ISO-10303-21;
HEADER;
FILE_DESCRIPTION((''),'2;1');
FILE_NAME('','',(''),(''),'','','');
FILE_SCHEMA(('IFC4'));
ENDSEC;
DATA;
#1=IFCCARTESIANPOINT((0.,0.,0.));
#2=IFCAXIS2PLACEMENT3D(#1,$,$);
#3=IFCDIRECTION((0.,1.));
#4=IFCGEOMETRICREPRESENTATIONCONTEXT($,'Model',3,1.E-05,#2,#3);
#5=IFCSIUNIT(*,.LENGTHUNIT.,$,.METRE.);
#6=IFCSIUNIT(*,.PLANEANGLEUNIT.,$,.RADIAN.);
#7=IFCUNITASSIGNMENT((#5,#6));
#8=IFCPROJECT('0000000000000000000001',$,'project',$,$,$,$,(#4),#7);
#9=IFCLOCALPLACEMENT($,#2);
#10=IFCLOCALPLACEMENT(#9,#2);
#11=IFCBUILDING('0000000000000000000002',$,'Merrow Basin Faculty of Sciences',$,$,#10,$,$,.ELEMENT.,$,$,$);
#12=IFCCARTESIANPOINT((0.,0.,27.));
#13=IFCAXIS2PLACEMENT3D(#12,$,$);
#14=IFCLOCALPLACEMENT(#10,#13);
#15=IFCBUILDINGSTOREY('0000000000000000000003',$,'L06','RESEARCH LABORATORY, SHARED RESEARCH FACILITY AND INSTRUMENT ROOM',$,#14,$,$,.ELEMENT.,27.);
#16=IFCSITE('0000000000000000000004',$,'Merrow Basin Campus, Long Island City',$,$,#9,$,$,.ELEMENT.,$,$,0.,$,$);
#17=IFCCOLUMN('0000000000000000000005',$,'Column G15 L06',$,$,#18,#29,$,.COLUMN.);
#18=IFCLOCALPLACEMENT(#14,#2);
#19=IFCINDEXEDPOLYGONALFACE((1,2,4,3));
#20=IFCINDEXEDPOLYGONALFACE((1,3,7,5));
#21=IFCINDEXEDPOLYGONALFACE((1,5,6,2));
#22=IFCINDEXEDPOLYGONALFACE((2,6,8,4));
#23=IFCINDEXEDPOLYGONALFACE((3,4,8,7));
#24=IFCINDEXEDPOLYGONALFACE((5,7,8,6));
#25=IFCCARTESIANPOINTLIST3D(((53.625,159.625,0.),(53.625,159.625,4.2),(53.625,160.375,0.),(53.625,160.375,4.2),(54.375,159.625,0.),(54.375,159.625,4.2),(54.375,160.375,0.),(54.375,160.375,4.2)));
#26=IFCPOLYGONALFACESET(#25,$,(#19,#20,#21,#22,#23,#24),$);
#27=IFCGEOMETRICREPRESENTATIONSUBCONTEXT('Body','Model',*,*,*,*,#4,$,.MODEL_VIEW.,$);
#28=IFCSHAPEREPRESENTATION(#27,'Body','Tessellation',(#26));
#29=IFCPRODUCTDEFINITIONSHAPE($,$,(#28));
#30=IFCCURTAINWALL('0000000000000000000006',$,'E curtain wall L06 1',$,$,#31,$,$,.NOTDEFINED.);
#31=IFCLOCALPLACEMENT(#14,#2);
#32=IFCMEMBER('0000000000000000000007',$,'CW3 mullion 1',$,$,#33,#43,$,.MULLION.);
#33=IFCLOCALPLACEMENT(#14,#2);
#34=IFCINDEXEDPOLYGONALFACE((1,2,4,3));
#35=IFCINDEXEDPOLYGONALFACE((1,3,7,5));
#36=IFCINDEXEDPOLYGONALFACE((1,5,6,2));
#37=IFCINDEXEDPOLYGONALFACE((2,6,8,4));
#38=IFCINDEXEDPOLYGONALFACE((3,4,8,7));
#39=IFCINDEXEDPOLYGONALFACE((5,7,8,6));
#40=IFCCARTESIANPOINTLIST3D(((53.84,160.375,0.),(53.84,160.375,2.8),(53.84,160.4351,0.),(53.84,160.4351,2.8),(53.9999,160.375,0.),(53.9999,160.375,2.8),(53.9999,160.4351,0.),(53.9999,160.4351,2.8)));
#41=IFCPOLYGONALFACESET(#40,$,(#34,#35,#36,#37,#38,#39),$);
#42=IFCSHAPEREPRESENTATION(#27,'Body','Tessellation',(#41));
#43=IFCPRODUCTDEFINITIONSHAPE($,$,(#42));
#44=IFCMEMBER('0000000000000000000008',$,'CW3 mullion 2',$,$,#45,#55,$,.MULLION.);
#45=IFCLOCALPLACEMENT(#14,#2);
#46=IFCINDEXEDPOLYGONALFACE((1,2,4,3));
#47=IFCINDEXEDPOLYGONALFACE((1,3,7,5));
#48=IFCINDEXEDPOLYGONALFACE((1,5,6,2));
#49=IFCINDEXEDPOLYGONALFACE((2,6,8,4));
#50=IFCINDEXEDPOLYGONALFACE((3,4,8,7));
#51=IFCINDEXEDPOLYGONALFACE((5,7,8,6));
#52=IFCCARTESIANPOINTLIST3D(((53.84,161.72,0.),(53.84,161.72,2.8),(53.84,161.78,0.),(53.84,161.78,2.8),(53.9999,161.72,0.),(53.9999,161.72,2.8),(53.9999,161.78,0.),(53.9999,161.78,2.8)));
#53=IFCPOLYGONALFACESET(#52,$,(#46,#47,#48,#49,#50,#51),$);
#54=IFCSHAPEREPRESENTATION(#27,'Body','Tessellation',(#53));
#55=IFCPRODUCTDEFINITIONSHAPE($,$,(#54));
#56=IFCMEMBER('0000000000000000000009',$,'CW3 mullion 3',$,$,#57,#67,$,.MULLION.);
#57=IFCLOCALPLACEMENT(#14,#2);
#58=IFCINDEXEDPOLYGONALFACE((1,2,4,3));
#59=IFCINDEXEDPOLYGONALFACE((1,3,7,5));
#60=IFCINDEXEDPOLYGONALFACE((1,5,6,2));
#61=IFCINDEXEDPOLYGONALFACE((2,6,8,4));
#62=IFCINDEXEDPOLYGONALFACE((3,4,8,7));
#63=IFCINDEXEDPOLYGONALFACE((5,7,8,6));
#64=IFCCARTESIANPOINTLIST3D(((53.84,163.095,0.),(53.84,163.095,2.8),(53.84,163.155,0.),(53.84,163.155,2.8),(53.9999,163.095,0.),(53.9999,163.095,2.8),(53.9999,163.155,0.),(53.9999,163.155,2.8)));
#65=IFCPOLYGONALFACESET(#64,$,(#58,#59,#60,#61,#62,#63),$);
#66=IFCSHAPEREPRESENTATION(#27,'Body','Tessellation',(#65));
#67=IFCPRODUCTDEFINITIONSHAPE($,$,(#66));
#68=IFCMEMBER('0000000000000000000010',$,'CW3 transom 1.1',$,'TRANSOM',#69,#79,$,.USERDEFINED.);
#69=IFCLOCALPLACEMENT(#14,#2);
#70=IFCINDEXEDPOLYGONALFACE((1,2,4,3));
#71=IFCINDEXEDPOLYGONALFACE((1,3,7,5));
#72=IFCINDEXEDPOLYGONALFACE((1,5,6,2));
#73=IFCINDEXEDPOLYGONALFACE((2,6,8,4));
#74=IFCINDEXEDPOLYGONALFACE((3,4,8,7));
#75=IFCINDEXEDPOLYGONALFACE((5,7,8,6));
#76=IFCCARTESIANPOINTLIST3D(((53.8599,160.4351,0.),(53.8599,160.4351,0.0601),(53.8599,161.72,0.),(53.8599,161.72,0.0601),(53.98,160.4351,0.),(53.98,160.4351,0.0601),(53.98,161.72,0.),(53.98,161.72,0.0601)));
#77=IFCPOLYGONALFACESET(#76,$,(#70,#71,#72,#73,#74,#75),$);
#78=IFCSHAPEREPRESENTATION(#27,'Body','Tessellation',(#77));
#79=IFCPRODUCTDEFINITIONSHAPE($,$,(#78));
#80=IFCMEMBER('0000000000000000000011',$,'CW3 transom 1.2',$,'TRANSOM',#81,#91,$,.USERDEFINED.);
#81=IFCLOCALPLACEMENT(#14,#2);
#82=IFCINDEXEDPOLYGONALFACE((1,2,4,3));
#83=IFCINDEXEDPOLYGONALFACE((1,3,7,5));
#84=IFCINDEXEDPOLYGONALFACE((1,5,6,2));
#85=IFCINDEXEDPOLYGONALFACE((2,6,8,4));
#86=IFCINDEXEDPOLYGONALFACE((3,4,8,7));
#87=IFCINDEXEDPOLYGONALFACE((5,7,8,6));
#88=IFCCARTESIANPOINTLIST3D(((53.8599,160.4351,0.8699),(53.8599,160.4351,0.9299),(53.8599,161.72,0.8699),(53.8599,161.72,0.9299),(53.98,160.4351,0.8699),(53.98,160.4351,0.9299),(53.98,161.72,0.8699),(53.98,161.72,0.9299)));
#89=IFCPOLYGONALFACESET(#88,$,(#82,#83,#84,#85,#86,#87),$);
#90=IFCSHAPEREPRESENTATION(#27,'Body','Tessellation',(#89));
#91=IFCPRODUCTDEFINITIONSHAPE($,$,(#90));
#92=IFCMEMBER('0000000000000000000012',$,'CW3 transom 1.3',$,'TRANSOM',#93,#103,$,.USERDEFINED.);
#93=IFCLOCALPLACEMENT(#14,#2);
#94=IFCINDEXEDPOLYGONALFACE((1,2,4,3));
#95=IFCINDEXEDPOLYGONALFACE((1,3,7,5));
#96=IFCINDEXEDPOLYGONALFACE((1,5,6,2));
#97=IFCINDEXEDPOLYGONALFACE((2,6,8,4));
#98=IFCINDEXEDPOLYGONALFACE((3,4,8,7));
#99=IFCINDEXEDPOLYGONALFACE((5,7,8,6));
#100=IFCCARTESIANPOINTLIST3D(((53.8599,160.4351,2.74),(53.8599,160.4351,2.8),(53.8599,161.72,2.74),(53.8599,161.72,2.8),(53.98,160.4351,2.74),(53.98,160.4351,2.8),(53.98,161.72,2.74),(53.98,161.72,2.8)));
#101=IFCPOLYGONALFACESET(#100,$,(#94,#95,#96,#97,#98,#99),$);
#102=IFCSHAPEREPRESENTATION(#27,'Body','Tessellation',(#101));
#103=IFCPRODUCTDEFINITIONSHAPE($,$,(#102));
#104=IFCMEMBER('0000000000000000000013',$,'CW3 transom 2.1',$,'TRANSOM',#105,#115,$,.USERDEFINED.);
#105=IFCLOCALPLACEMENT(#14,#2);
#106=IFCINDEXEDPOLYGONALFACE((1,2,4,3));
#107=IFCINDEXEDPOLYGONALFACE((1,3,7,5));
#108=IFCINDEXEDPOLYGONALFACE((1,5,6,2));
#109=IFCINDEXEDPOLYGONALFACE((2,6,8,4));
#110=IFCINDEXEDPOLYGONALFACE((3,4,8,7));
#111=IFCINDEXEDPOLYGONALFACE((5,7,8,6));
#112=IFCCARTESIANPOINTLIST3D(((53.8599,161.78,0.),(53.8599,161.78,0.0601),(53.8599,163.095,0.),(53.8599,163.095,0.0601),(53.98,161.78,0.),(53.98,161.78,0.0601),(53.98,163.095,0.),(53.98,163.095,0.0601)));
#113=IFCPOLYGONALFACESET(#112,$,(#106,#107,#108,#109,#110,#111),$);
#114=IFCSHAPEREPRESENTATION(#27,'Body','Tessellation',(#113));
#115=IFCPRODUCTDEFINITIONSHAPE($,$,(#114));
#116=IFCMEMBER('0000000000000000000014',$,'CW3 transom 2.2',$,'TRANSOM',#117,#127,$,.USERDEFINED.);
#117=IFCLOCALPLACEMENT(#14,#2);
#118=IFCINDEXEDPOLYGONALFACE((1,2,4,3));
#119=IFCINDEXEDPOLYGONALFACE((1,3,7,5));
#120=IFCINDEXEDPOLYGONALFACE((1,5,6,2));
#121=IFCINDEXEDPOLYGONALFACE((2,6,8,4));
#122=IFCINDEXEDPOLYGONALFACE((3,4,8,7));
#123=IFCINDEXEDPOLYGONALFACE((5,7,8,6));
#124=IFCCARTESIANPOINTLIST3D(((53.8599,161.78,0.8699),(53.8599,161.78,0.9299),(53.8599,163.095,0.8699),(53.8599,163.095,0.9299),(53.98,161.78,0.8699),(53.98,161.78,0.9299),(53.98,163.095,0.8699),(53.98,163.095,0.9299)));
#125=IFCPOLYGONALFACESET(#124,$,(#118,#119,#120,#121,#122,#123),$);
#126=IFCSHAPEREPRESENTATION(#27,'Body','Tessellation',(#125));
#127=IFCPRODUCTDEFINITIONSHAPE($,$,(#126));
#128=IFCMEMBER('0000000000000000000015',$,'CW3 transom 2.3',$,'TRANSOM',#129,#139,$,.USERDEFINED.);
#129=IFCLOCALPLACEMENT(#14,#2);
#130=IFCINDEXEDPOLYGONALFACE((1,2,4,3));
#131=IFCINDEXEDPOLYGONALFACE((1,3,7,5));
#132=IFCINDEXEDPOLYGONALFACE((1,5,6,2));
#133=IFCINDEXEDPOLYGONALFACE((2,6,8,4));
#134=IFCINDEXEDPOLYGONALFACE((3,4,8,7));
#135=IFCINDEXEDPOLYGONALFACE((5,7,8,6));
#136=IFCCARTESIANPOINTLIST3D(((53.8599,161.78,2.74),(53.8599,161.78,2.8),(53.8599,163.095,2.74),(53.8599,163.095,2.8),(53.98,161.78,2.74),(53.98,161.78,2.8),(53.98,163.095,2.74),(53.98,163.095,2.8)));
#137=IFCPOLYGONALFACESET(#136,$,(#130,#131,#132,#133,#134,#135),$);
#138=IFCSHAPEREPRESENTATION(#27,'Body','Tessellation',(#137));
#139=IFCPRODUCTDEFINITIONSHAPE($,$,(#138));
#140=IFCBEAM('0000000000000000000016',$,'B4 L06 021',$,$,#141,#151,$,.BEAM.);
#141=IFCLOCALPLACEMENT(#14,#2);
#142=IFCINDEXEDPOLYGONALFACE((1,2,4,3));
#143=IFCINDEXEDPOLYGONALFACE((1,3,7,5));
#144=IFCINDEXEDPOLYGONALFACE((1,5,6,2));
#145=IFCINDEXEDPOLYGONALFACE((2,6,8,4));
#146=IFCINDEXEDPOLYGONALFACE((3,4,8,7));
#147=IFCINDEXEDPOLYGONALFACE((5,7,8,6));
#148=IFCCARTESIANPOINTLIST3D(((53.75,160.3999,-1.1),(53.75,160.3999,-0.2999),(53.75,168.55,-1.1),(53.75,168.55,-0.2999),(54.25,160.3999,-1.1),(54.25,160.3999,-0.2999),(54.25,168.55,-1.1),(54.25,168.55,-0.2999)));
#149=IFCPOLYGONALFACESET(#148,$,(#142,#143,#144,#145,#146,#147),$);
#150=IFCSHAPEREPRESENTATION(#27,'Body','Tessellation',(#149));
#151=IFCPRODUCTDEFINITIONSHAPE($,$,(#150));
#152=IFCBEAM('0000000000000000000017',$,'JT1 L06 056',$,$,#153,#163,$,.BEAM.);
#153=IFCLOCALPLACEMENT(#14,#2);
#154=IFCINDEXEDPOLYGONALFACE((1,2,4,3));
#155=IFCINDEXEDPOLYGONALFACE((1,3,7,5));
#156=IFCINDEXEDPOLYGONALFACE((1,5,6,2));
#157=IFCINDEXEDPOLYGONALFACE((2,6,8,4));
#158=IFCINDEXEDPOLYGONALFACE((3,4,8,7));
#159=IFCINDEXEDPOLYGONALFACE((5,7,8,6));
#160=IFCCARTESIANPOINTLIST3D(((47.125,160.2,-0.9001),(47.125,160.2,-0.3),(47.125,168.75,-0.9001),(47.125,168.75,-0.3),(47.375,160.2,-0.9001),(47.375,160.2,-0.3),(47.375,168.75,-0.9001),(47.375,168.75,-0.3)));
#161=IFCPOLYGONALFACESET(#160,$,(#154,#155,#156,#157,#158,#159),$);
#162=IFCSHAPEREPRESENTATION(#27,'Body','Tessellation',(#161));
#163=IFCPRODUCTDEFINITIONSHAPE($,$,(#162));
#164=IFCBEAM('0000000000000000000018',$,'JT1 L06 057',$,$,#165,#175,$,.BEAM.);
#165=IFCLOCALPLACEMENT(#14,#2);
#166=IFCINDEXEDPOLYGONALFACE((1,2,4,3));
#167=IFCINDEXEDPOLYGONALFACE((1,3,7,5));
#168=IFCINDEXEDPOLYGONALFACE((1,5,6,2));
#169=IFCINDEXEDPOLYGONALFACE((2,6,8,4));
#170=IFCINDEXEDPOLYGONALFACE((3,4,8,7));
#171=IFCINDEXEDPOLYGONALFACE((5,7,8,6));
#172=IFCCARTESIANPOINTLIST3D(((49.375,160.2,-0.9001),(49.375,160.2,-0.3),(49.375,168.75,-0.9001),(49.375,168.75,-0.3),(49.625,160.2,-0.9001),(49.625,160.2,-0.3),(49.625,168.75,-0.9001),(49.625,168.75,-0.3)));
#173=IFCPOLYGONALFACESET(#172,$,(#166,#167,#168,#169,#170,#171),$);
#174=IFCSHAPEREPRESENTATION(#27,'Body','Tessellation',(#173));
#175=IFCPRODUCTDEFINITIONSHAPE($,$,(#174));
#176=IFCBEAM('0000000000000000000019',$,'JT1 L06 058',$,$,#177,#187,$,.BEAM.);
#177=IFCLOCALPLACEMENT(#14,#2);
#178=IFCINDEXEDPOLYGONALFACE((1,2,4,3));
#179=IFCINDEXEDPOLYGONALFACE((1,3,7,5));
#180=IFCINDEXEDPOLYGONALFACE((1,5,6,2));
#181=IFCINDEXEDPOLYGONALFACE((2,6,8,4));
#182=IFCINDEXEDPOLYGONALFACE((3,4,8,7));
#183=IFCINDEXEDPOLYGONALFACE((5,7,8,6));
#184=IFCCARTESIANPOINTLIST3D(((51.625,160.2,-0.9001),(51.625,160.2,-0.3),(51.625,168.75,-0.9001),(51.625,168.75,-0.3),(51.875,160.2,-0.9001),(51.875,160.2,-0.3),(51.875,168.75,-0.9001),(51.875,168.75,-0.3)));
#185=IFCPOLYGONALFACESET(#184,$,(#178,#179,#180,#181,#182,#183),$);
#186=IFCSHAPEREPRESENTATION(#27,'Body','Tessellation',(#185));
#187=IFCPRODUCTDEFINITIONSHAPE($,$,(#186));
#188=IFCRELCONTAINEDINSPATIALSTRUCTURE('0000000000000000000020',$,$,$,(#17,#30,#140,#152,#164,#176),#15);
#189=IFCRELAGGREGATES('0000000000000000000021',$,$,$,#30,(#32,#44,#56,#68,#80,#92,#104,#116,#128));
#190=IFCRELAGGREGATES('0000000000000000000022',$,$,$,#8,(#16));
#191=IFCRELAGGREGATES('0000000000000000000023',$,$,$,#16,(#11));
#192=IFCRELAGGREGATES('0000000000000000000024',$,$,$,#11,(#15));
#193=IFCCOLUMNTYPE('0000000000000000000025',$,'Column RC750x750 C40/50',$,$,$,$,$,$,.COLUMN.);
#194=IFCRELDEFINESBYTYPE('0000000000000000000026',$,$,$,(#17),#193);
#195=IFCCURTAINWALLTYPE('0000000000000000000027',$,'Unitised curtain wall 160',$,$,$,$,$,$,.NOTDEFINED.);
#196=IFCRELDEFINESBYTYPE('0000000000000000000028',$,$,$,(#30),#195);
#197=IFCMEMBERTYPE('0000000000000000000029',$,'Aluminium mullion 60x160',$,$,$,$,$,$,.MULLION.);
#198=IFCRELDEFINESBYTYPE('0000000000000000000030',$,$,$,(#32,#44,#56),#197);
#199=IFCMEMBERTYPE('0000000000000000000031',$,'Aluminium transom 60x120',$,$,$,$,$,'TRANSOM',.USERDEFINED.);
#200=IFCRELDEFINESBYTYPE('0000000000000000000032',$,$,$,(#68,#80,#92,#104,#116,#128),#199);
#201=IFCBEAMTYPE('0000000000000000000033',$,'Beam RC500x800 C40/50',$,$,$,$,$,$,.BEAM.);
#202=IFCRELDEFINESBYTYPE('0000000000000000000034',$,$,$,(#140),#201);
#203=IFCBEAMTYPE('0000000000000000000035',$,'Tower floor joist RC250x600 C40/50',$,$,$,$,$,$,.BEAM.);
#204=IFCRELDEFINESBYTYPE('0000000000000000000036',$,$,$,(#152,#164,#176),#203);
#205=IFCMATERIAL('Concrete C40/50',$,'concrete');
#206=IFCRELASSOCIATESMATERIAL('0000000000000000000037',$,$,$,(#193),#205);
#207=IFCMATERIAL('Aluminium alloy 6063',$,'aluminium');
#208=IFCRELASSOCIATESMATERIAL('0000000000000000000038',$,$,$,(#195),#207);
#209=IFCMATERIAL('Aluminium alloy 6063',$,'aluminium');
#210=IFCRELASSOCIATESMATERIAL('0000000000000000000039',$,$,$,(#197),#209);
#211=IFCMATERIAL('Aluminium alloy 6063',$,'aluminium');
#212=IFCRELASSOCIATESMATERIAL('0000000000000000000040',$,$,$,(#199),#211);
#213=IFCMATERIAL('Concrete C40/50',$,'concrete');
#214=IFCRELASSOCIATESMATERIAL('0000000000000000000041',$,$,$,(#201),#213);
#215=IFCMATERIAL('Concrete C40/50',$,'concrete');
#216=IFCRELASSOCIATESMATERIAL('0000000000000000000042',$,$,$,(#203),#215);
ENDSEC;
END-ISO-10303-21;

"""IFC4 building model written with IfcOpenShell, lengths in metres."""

from ifc_helpers import new_model, si_unit, direction, frame, origin, origin_2d, place, context, subcontext, project, spatial, rectangle, extrude, material, material_profile, profile_set, type_object, element, aggregate, save


model = new_model("IFC4")

# Units and contexts
model_context = context("Model", 3, precision=1e-05, world=origin(), true_north=direction((0.0, 1.0)))
body_context = subcontext(model_context, "Body", "Model", "MODEL_VIEW")
ifc_project = project(units=[si_unit("LENGTHUNIT", "METRE"), si_unit("PLANEANGLEUNIT", "RADIAN")], contexts=[model_context])

# Site, building, storey
site_placement = place(None, origin())
site = spatial("IfcSite", under=ifc_project, at=site_placement, Name="Merrow Basin Campus, Long Island City", CompositionType="ELEMENT", RefElevation=0.0)
building_placement = place(site_placement, origin())
building = spatial("IfcBuilding", under=site, at=building_placement, Name="Merrow Basin Faculty of Sciences", CompositionType="ELEMENT")
storey_placement = place(building_placement, frame((0.0, 0.0, 27.0)))
storey = spatial("IfcBuildingStorey", under=building, at=storey_placement, Name="L06", Description="RESEARCH LABORATORY, SHARED RESEARCH FACILITY AND INSTRUMENT ROOM", CompositionType="ELEMENT", Elevation=27.0)

# Column
ifc_material_1 = material(Name="Concrete C40/50", Category="concrete")
ifc_material_profile_1 = material_profile(ifc_material_1, rectangle(XDim=0.75, YDim=0.75, at=origin_2d()))
ifc_profile_set_1 = profile_set([ifc_material_profile_1], Name="Concrete C40/50")
column_type = type_object("IfcColumnType", Name="Column RC750x750 C40/50", PredefinedType="COLUMN", material=ifc_profile_set_1)
column_placement = place(storey_placement, frame((54.0, 160.0, 0.0), z_axis=(0.0, 0.0, 1.0), x_axis=(1.0, 0.0, 0.0)))
element("IfcColumn", 1, at=column_placement, inside=storey, type_object=column_type, Name="Column G15 L06", PredefinedType="COLUMN", context=body_context, shape_type="SweptSolid", body=[
    extrude(rectangle(XDim=0.75, YDim=0.75, at=origin_2d()), origin(), (0.0, 0.0, 1.0), 4.2),
])

# Curtain wall, members
ifc_material_2 = material(Name="Aluminium alloy 6063", Category="aluminium")
curtain_wall_type = type_object("IfcCurtainWallType", Name="Unitised curtain wall 160", PredefinedType="NOTDEFINED", material=ifc_material_2)
curtain_wall_placement = place(storey_placement, origin())
curtain_wall = element("IfcCurtainWall", 2, at=curtain_wall_placement, inside=storey, type_object=curtain_wall_type, Name="E curtain wall L06 1", PredefinedType="NOTDEFINED")
ifc_material_3 = material(Name="Aluminium alloy 6063", Category="aluminium")
ifc_material_profile_2 = material_profile(ifc_material_3, rectangle(XDim=0.1599, YDim=0.0601, at=origin_2d()))
ifc_profile_set_2 = profile_set([ifc_material_profile_2], Name="Aluminium alloy 6063")
member_type_1 = type_object("IfcMemberType", Name="Aluminium mullion 60x160", PredefinedType="MULLION", material=ifc_profile_set_2)
member_1_placement = place(storey_placement, frame((53.9199, 160.405, 0.0), z_axis=(0.0, 0.0, 1.0), x_axis=(-1.0, 0.0, 0.0)))
member_1 = element("IfcMember", 3, at=member_1_placement, type_object=member_type_1, Name="CW3 mullion 1", PredefinedType="MULLION", context=body_context, shape_type="SweptSolid", body=[
    extrude(rectangle(XDim=0.1599, YDim=0.0601, at=origin_2d()), origin(), (0.0, 0.0, 1.0), 2.8),
])
member_2_placement = place(storey_placement, frame((53.9199, 161.75, 0.0), z_axis=(0.0, 0.0, 1.0), x_axis=(-1.0, 0.0, 0.0)))
member_2 = element("IfcMember", 4, at=member_2_placement, type_object=member_type_1, Name="CW3 mullion 2", PredefinedType="MULLION", context=body_context, shape_type="SweptSolid", body=[
    extrude(rectangle(XDim=0.1599, YDim=0.0601, at=origin_2d()), origin(), (0.0, 0.0, 1.0), 2.8),
])
member_3_placement = place(storey_placement, frame((53.9199, 163.125, 0.0), z_axis=(0.0, 0.0, 1.0), x_axis=(-1.0, 0.0, 0.0)))
member_3 = element("IfcMember", 5, at=member_3_placement, type_object=member_type_1, Name="CW3 mullion 3", PredefinedType="MULLION", context=body_context, shape_type="SweptSolid", body=[
    extrude(rectangle(XDim=0.1599, YDim=0.0601, at=origin_2d()), origin(), (0.0, 0.0, 1.0), 2.8),
])
ifc_material_4 = material(Name="Aluminium alloy 6063", Category="aluminium")
ifc_material_profile_3 = material_profile(ifc_material_4, rectangle(XDim=0.1201, YDim=0.0601, at=origin_2d()))
ifc_profile_set_3 = profile_set([ifc_material_profile_3], Name="Aluminium alloy 6063")
member_type_2 = type_object("IfcMemberType", Name="Aluminium transom 60x120", ElementType="TRANSOM", PredefinedType="USERDEFINED", material=ifc_profile_set_3)
member_4_placement = place(storey_placement, frame((53.9199, 160.4351, 0.03), z_axis=(0.0, 1.0, 0.0), x_axis=(-1.0, 0.0, 0.0)))
member_4 = element("IfcMember", 6, at=member_4_placement, type_object=member_type_2, Name="CW3 transom 1.1", ObjectType="TRANSOM", PredefinedType="USERDEFINED", context=body_context, shape_type="SweptSolid", body=[
    extrude(rectangle(XDim=0.1201, YDim=0.0601, at=origin_2d()), origin(), (0.0, 0.0, 1.0), 1.2849),
])
member_5_placement = place(storey_placement, frame((53.9199, 160.4351, 0.8999), z_axis=(0.0, 1.0, 0.0), x_axis=(-1.0, 0.0, 0.0)))
member_5 = element("IfcMember", 7, at=member_5_placement, type_object=member_type_2, Name="CW3 transom 1.2", ObjectType="TRANSOM", PredefinedType="USERDEFINED", context=body_context, shape_type="SweptSolid", body=[
    extrude(rectangle(XDim=0.1201, YDim=0.0601, at=origin_2d()), origin(), (0.0, 0.0, 1.0), 1.2849),
])
member_6_placement = place(storey_placement, frame((53.9199, 160.4351, 2.77), z_axis=(0.0, 1.0, 0.0), x_axis=(-1.0, 0.0, 0.0)))
member_6 = element("IfcMember", 8, at=member_6_placement, type_object=member_type_2, Name="CW3 transom 1.3", ObjectType="TRANSOM", PredefinedType="USERDEFINED", context=body_context, shape_type="SweptSolid", body=[
    extrude(rectangle(XDim=0.1201, YDim=0.0601, at=origin_2d()), origin(), (0.0, 0.0, 1.0), 1.2849),
])
member_7_placement = place(storey_placement, frame((53.9199, 161.78, 0.03), z_axis=(0.0, 1.0, 0.0), x_axis=(-1.0, 0.0, 0.0)))
member_7 = element("IfcMember", 9, at=member_7_placement, type_object=member_type_2, Name="CW3 transom 2.1", ObjectType="TRANSOM", PredefinedType="USERDEFINED", context=body_context, shape_type="SweptSolid", body=[
    extrude(rectangle(XDim=0.1201, YDim=0.0601, at=origin_2d()), origin(), (0.0, 0.0, 1.0), 1.3149),
])
member_8_placement = place(storey_placement, frame((53.9199, 161.78, 0.8999), z_axis=(0.0, 1.0, 0.0), x_axis=(-1.0, 0.0, 0.0)))
member_8 = element("IfcMember", 10, at=member_8_placement, type_object=member_type_2, Name="CW3 transom 2.2", ObjectType="TRANSOM", PredefinedType="USERDEFINED", context=body_context, shape_type="SweptSolid", body=[
    extrude(rectangle(XDim=0.1201, YDim=0.0601, at=origin_2d()), origin(), (0.0, 0.0, 1.0), 1.3149),
])
member_9_placement = place(storey_placement, frame((53.9199, 161.78, 2.77), z_axis=(0.0, 1.0, 0.0), x_axis=(-1.0, 0.0, 0.0)))
member_9 = element("IfcMember", 11, at=member_9_placement, type_object=member_type_2, Name="CW3 transom 2.3", ObjectType="TRANSOM", PredefinedType="USERDEFINED", context=body_context, shape_type="SweptSolid", body=[
    extrude(rectangle(XDim=0.1201, YDim=0.0601, at=origin_2d()), origin(), (0.0, 0.0, 1.0), 1.3149),
])

# Beams
ifc_material_5 = material(Name="Concrete C40/50", Category="concrete")
ifc_material_profile_4 = material_profile(ifc_material_5, rectangle(XDim=0.5, YDim=0.8, at=origin_2d()))
ifc_profile_set_4 = profile_set([ifc_material_profile_4], Name="Concrete C40/50")
beam_type_1 = type_object("IfcBeamType", Name="Beam RC500x800 C40/50", PredefinedType="BEAM", material=ifc_profile_set_4)
beam_placement = place(storey_placement, frame((54.0, 160.3999, -0.7), z_axis=(0.0, 1.0, 0.0), x_axis=(-1.0, 0.0, 0.0)))
element("IfcBeam", 12, at=beam_placement, inside=storey, type_object=beam_type_1, Name="B4 L06 021", PredefinedType="BEAM", context=body_context, shape_type="SweptSolid", body=[
    extrude(rectangle(XDim=0.5, YDim=0.8, at=origin_2d()), origin(), (0.0, 0.0, 1.0), 8.1501),
])
ifc_material_6 = material(Name="Concrete C40/50", Category="concrete")
ifc_material_profile_5 = material_profile(ifc_material_6, rectangle(XDim=0.25, YDim=0.6001, at=origin_2d()))
ifc_profile_set_5 = profile_set([ifc_material_profile_5], Name="Concrete C40/50")
beam_type_2 = type_object("IfcBeamType", Name="Tower floor joist RC250x600 C40/50", PredefinedType="BEAM", material=ifc_profile_set_5)
for number, where, z_axis, x_axis, name in (
    (13, (47.25, 160.2, -0.6001), (0.0, 1.0, 0.0), (-1.0, 0.0, 0.0), "JT1 L06 056"),
    (14, (49.5, 160.2, -0.6001), (0.0, 1.0, 0.0), (-1.0, 0.0, 0.0), "JT1 L06 057"),
    (15, (51.75, 160.2, -0.6001), (0.0, 1.0, 0.0), (-1.0, 0.0, 0.0), "JT1 L06 058"),
):
    element("IfcBeam", number, at=place(storey_placement, frame(where, z_axis=z_axis, x_axis=x_axis)), inside=storey, type_object=beam_type_2, Name=name, PredefinedType="BEAM", context=body_context, shape_type="SweptSolid", body=[
        extrude(rectangle(XDim=0.25, YDim=0.6001, at=origin_2d()), origin(), (0.0, 0.0, 1.0), 8.55),
    ])

aggregate(curtain_wall, [member_1, member_2, member_3, member_4, member_5, member_6, member_7, member_8, member_9])

save(model, "model.ifc")
